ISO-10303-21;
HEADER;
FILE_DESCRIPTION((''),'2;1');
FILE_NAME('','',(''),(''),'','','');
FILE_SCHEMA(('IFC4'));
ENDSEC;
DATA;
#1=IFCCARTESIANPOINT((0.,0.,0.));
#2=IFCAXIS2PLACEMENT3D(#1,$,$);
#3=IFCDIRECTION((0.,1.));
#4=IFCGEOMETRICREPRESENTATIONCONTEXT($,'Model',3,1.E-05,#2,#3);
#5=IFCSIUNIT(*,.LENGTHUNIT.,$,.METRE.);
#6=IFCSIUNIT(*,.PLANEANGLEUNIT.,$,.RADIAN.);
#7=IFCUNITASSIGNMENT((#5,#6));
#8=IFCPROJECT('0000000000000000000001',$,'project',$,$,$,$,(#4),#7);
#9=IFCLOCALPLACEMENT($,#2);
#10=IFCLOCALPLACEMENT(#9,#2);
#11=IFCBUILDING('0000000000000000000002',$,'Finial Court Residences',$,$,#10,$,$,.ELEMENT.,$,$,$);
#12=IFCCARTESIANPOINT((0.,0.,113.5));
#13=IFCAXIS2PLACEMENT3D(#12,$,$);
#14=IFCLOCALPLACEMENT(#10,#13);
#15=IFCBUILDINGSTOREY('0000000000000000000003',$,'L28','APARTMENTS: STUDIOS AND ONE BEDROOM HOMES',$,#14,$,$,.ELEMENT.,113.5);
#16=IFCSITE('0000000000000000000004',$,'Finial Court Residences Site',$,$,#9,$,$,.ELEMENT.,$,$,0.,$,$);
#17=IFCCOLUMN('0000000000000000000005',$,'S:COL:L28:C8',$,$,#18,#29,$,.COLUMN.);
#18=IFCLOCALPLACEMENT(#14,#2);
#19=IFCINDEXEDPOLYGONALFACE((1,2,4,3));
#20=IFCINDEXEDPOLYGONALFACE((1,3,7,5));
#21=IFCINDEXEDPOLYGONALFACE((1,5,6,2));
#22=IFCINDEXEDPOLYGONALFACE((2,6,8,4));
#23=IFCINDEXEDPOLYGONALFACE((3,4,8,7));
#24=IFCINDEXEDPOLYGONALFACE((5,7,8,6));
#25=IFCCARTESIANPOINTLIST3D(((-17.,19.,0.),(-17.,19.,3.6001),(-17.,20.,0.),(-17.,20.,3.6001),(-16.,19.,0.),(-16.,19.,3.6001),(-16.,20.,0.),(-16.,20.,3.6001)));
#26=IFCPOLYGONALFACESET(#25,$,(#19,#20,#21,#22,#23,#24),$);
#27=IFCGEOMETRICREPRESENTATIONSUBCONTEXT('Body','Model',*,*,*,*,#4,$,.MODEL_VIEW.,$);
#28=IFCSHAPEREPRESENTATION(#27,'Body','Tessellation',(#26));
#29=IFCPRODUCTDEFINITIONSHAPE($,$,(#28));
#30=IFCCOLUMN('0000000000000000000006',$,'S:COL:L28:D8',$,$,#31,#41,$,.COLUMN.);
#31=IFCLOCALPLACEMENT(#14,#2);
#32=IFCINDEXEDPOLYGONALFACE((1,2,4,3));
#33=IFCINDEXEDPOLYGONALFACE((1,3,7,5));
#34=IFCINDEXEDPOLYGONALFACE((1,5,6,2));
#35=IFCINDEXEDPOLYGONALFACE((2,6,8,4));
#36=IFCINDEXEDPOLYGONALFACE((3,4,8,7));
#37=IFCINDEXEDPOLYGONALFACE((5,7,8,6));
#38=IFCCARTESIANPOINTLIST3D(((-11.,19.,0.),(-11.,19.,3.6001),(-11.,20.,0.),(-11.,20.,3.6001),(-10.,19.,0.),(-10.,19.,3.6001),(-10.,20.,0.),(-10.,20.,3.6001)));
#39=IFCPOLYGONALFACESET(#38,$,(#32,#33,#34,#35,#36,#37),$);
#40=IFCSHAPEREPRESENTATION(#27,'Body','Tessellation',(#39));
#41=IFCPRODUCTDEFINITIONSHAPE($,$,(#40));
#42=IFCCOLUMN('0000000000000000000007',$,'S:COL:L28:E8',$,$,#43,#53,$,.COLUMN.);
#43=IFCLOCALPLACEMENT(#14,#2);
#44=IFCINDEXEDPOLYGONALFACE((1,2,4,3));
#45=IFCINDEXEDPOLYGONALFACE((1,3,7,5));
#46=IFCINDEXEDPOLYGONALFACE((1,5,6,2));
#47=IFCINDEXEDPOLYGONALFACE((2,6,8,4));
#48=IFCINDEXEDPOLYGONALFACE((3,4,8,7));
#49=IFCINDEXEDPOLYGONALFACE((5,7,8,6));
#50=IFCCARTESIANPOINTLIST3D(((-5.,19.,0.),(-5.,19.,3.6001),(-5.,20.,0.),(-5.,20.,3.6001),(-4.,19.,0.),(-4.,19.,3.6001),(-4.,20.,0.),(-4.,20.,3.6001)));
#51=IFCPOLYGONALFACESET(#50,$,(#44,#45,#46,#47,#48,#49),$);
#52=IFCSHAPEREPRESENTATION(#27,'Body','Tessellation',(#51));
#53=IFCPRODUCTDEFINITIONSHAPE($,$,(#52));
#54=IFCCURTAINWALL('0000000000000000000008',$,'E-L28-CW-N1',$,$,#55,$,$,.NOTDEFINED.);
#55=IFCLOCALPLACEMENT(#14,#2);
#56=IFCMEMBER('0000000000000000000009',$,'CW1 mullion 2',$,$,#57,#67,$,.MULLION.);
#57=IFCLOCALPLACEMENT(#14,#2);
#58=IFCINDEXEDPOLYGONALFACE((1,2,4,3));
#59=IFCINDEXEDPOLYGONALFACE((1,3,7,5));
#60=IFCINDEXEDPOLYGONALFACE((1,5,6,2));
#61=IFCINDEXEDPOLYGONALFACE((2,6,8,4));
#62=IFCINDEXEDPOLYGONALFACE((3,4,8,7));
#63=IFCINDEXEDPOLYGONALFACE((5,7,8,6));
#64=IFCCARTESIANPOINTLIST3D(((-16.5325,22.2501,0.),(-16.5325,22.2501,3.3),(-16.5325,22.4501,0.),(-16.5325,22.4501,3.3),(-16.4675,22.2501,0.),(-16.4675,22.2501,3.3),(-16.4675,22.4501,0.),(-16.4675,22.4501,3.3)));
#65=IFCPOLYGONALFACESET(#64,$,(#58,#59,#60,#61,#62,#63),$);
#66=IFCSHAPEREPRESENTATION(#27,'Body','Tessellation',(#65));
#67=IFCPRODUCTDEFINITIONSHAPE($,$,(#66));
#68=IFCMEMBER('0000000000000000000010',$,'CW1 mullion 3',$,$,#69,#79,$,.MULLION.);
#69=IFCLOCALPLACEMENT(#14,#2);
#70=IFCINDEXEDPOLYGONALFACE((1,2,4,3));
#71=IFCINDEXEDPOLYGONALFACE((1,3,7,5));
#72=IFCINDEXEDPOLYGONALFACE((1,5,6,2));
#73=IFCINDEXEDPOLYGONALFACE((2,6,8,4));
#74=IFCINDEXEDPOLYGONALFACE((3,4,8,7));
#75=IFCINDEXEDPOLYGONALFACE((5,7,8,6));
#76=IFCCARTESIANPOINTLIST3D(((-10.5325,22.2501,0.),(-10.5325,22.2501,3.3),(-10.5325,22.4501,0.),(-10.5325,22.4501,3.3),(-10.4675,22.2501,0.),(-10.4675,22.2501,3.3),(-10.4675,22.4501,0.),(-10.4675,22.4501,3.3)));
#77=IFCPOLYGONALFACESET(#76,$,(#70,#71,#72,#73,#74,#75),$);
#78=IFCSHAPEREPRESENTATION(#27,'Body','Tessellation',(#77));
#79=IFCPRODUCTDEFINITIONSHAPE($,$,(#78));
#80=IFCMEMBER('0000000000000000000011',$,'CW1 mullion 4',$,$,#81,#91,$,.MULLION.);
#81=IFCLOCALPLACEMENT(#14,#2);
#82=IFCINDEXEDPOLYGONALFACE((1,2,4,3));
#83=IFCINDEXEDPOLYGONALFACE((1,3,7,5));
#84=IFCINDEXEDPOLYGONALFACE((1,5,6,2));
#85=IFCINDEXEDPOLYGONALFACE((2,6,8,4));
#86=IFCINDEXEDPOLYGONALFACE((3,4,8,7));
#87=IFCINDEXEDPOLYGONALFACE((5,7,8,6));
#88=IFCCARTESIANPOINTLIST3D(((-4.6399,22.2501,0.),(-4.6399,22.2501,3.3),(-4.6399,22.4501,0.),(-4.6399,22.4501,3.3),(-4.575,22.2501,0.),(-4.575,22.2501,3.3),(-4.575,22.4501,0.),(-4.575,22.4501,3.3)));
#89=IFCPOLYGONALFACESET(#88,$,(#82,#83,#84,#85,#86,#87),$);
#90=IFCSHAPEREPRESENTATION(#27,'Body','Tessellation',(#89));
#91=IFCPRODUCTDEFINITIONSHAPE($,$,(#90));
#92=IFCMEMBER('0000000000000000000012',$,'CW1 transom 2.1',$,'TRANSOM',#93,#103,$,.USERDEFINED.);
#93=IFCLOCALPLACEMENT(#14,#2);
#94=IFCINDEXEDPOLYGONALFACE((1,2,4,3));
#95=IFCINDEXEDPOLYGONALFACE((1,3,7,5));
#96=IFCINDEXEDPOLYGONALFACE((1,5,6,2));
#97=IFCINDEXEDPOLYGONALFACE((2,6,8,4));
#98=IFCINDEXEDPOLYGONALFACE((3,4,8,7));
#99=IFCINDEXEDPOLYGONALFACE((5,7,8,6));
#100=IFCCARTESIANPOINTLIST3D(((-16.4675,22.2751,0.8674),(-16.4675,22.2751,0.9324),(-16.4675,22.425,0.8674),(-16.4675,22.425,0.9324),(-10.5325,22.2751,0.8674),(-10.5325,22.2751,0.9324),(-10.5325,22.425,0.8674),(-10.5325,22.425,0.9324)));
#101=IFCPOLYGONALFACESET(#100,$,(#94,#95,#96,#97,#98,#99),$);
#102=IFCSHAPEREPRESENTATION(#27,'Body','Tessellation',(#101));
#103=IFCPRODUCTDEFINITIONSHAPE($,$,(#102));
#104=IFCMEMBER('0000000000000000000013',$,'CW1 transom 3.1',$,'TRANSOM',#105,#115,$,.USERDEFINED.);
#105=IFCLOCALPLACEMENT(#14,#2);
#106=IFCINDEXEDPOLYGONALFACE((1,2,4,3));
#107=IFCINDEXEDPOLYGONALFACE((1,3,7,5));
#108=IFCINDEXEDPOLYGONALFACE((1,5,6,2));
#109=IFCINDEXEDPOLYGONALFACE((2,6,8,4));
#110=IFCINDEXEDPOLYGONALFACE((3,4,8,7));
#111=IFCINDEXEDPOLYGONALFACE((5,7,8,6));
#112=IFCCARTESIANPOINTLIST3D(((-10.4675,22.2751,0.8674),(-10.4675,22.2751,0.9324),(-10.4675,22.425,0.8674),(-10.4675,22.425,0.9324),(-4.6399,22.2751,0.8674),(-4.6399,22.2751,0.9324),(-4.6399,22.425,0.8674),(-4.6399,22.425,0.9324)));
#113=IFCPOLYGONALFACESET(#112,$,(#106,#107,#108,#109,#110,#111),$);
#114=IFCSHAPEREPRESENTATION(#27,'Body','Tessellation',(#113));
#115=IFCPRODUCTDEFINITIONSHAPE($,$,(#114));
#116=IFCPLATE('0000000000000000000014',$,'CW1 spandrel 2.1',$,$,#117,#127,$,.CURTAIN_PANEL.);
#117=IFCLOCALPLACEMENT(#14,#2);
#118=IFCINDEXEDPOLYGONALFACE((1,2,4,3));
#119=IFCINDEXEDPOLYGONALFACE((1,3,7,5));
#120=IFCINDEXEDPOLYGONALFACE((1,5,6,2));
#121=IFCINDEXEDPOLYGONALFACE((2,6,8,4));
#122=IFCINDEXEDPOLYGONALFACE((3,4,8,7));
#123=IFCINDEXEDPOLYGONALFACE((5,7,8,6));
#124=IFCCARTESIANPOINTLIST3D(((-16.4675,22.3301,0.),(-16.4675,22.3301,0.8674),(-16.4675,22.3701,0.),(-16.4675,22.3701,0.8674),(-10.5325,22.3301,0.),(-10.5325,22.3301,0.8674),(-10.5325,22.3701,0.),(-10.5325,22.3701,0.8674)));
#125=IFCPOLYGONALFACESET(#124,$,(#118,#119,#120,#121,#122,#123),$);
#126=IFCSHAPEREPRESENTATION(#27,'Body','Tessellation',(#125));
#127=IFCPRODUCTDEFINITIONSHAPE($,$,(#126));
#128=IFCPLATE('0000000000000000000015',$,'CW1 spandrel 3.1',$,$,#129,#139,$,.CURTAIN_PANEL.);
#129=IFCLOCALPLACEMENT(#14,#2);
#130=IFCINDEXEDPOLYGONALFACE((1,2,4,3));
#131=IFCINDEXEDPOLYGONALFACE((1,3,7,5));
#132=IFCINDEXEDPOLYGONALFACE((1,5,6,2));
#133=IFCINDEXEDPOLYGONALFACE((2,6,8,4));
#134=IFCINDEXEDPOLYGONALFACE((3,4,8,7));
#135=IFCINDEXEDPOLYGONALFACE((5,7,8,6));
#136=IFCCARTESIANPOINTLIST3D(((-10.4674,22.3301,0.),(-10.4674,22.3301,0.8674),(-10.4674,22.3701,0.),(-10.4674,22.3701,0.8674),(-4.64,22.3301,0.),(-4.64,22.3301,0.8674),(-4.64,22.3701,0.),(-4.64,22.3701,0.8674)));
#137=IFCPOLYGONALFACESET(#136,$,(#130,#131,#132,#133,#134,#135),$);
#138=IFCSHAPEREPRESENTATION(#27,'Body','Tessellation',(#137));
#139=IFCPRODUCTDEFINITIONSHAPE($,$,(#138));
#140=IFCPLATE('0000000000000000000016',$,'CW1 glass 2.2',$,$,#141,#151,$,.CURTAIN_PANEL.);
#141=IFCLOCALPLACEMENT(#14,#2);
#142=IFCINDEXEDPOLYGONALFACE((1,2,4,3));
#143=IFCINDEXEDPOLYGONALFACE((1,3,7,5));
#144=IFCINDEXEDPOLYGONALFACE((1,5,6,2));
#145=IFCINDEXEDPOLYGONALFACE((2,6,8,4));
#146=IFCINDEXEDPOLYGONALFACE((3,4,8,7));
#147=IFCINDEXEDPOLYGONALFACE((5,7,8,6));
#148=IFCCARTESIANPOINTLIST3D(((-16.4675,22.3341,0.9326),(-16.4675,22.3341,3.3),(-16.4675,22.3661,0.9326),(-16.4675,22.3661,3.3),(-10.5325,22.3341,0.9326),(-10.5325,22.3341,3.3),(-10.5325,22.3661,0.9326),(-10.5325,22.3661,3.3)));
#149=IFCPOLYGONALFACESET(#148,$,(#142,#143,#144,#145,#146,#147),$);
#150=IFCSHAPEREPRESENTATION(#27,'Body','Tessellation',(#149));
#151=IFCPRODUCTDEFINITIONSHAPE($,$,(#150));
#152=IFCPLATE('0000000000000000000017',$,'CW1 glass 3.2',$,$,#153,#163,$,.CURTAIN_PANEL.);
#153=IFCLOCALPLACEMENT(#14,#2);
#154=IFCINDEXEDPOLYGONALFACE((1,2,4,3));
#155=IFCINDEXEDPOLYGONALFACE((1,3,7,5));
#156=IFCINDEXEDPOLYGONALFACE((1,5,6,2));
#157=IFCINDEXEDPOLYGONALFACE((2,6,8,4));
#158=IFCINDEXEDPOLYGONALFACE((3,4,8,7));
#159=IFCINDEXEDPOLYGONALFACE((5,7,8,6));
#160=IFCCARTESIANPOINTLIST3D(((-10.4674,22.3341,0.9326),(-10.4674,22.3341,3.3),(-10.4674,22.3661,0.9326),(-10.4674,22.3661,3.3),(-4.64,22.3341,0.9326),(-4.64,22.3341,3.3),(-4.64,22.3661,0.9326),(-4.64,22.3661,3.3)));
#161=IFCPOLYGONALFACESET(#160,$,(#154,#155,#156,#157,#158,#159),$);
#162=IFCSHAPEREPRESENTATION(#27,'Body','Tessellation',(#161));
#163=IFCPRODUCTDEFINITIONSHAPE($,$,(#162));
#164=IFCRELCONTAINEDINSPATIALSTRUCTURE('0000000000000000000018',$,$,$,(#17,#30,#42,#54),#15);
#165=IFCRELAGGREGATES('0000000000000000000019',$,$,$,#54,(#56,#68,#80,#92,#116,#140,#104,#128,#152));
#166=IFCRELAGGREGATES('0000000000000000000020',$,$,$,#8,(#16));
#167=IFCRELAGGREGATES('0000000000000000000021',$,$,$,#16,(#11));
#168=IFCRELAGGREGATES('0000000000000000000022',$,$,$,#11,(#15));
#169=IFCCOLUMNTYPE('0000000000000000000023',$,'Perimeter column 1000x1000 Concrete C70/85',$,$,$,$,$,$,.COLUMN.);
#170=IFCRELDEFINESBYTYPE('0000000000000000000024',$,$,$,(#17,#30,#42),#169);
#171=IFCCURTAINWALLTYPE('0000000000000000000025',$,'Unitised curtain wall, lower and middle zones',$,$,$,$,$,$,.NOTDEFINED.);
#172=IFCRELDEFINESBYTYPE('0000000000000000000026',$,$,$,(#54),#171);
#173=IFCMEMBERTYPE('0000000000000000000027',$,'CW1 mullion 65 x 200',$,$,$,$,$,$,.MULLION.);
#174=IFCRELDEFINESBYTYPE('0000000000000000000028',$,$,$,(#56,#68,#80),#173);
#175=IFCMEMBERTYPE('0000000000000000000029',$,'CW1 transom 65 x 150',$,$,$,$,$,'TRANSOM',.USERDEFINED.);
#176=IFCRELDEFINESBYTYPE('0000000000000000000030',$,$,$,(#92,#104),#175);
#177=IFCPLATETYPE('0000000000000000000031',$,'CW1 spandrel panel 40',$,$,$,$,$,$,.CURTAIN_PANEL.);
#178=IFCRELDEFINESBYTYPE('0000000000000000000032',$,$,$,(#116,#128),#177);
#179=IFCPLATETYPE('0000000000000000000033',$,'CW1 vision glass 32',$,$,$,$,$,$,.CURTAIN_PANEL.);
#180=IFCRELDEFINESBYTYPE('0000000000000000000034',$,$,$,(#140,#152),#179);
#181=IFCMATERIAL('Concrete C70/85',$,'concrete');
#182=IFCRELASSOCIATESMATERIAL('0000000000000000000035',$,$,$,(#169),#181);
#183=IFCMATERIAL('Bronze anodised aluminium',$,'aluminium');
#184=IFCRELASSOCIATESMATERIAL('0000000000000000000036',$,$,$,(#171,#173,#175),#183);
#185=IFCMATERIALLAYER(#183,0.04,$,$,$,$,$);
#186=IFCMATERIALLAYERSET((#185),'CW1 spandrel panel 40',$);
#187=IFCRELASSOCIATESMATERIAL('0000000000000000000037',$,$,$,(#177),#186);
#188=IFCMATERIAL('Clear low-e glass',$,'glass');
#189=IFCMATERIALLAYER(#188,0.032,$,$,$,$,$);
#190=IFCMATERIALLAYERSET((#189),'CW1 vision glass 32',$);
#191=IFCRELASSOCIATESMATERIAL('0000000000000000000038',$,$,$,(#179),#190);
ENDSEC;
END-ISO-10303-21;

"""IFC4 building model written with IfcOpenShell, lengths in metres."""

from ifc_helpers import new_model, si_unit, direction, frame, origin, origin_2d, place, context, subcontext, project, spatial, rectangle, extrude, material, layer, layer_set, material_profile, profile_set, type_object, element, aggregate, save


model = new_model("IFC4")

# Units and contexts
model_context = context("Model", 3, precision=1e-05, world=origin(), true_north=direction((0.0, 1.0)))
body_context = subcontext(model_context, "Body", "Model", "MODEL_VIEW")
ifc_project = project(units=[si_unit("LENGTHUNIT", "METRE"), si_unit("PLANEANGLEUNIT", "RADIAN")], contexts=[model_context])

# Site, building, storey
site_placement = place(None, origin())
site = spatial("IfcSite", under=ifc_project, at=site_placement, Name="Finial Court Residences Site", CompositionType="ELEMENT", RefElevation=0.0)
building_placement = place(site_placement, origin())
building = spatial("IfcBuilding", under=site, at=building_placement, Name="Finial Court Residences", CompositionType="ELEMENT")
storey_placement = place(building_placement, frame((0.0, 0.0, 113.5)))
storey = spatial("IfcBuildingStorey", under=building, at=storey_placement, Name="L28", Description="APARTMENTS: STUDIOS AND ONE BEDROOM HOMES", CompositionType="ELEMENT", Elevation=113.5)

# Columns
ifc_material_1 = material(Name="Concrete C70/85", Category="concrete")
ifc_material_profile_1 = material_profile(ifc_material_1, rectangle(XDim=1.0, YDim=1.0, at=origin_2d()), Name="1000x1000")
ifc_profile_set_1 = profile_set([ifc_material_profile_1], Name="Concrete C70/85")
column_type = type_object("IfcColumnType", Name="Perimeter column 1000x1000 Concrete C70/85", PredefinedType="COLUMN", material=ifc_profile_set_1)
for number, where, z_axis, x_axis, name in (
    (1, (-16.5, 19.5, 0.0), (0.0, 0.0, 1.0), (1.0, 0.0, 0.0), "S:COL:L28:C8"),
    (2, (-10.5, 19.5, 0.0), (0.0, 0.0, 1.0), (1.0, 0.0, 0.0), "S:COL:L28:D8"),
    (3, (-4.5, 19.5, 0.0), (0.0, 0.0, 1.0), (1.0, 0.0, 0.0), "S:COL:L28:E8"),
):
    element("IfcColumn", number, at=place(storey_placement, frame(where, z_axis=z_axis, x_axis=x_axis)), inside=storey, type_object=column_type, Name=name, PredefinedType="COLUMN", context=body_context, shape_type="SweptSolid", body=[
        extrude(rectangle(XDim=1.0, YDim=1.0, at=origin_2d()), origin(), (0.0, 0.0, 1.0), 3.6001),
    ])

# Curtain wall, members, plates
ifc_material_2 = material(Name="Bronze anodised aluminium", Category="aluminium")
curtain_wall_type = type_object("IfcCurtainWallType", Name="Unitised curtain wall, lower and middle zones", PredefinedType="NOTDEFINED", material=ifc_material_2)
curtain_wall_placement = place(storey_placement, origin())
curtain_wall = element("IfcCurtainWall", 4, at=curtain_wall_placement, inside=storey, type_object=curtain_wall_type, Name="E-L28-CW-N1", PredefinedType="NOTDEFINED")
ifc_material_profile_2 = material_profile(ifc_material_2, rectangle(XDim=0.2, YDim=0.0649, at=origin_2d()), Name="CW1 mullion 65 x 200")
ifc_profile_set_2 = profile_set([ifc_material_profile_2], Name="Bronze anodised aluminium")
member_type_1 = type_object("IfcMemberType", Name="CW1 mullion 65 x 200", PredefinedType="MULLION", material=ifc_profile_set_2)
member_1_placement = place(storey_placement, frame((-16.5, 22.3501, 0.0), z_axis=(0.0, 0.0, 1.0), x_axis=(0.0, 1.0, 0.0)))
member_1 = element("IfcMember", 5, at=member_1_placement, type_object=member_type_1, Name="CW1 mullion 2", PredefinedType="MULLION", context=body_context, shape_type="SweptSolid", body=[
    extrude(rectangle(XDim=0.2, YDim=0.0649, at=origin_2d()), origin(), (0.0, 0.0, 1.0), 3.3),
])
member_2_placement = place(storey_placement, frame((-10.5, 22.3501, 0.0), z_axis=(0.0, 0.0, 1.0), x_axis=(0.0, 1.0, 0.0)))
member_2 = element("IfcMember", 6, at=member_2_placement, type_object=member_type_1, Name="CW1 mullion 3", PredefinedType="MULLION", context=body_context, shape_type="SweptSolid", body=[
    extrude(rectangle(XDim=0.2, YDim=0.0649, at=origin_2d()), origin(), (0.0, 0.0, 1.0), 3.3),
])
member_3_placement = place(storey_placement, frame((-4.6074, 22.3501, 0.0), z_axis=(0.0, 0.0, 1.0), x_axis=(0.0, 1.0, 0.0)))
member_3 = element("IfcMember", 7, at=member_3_placement, type_object=member_type_1, Name="CW1 mullion 4", PredefinedType="MULLION", context=body_context, shape_type="SweptSolid", body=[
    extrude(rectangle(XDim=0.2, YDim=0.0649, at=origin_2d()), origin(), (0.0, 0.0, 1.0), 3.3),
])
ifc_material_profile_3 = material_profile(ifc_material_2, rectangle(XDim=0.1499, YDim=0.0649, at=origin_2d()), Name="CW1 transom 65 x 150")
ifc_profile_set_3 = profile_set([ifc_material_profile_3], Name="Bronze anodised aluminium")
member_type_2 = type_object("IfcMemberType", Name="CW1 transom 65 x 150", ElementType="TRANSOM", PredefinedType="USERDEFINED", material=ifc_profile_set_3)
member_4_placement = place(storey_placement, frame((-16.4675, 22.3501, 0.8999), z_axis=(1.0, 0.0, 0.0), x_axis=(0.0, 1.0, 0.0)))
member_4 = element("IfcMember", 8, at=member_4_placement, type_object=member_type_2, Name="CW1 transom 2.1", ObjectType="TRANSOM", PredefinedType="USERDEFINED", context=body_context, shape_type="SweptSolid", body=[
    extrude(rectangle(XDim=0.1499, YDim=0.0649, at=origin_2d()), origin(), (0.0, 0.0, 1.0), 5.9351),
])
member_5_placement = place(storey_placement, frame((-10.4675, 22.3501, 0.8999), z_axis=(1.0, 0.0, 0.0), x_axis=(0.0, 1.0, 0.0)))
member_5 = element("IfcMember", 9, at=member_5_placement, type_object=member_type_2, Name="CW1 transom 3.1", ObjectType="TRANSOM", PredefinedType="USERDEFINED", context=body_context, shape_type="SweptSolid", body=[
    extrude(rectangle(XDim=0.1499, YDim=0.0649, at=origin_2d()), origin(), (0.0, 0.0, 1.0), 5.8276),
])
ifc_layer_1 = layer(ifc_material_2, 0.04)
ifc_layer_set_1 = layer_set([ifc_layer_1], Name="CW1 spandrel panel 40")
plate_type_1 = type_object("IfcPlateType", Name="CW1 spandrel panel 40", PredefinedType="CURTAIN_PANEL", material=ifc_layer_set_1)
plate_1_placement = place(storey_placement, frame((-13.5, 22.3501, 0.0), z_axis=(0.0, 0.0, 1.0), x_axis=(1.0, 0.0, 0.0)))
plate_1 = element("IfcPlate", 10, at=plate_1_placement, type_object=plate_type_1, Name="CW1 spandrel 2.1", PredefinedType="CURTAIN_PANEL", context=body_context, shape_type="SweptSolid", body=[
    extrude(rectangle(XDim=5.9351, YDim=0.04, at=origin_2d()), origin(), (0.0, 0.0, 1.0), 0.8674),
])
plate_2_placement = place(storey_placement, frame((-7.5537, 22.3501, 0.0), z_axis=(0.0, 0.0, 1.0), x_axis=(1.0, 0.0, 0.0)))
plate_2 = element("IfcPlate", 11, at=plate_2_placement, type_object=plate_type_1, Name="CW1 spandrel 3.1", PredefinedType="CURTAIN_PANEL", context=body_context, shape_type="SweptSolid", body=[
    extrude(rectangle(XDim=5.8274, YDim=0.04, at=origin_2d()), origin(), (0.0, 0.0, 1.0), 0.8674),
])
ifc_material_3 = material(Name="Clear low-e glass", Category="glass")
ifc_layer_2 = layer(ifc_material_3, 0.032)
ifc_layer_set_2 = layer_set([ifc_layer_2], Name="CW1 vision glass 32")
plate_type_2 = type_object("IfcPlateType", Name="CW1 vision glass 32", PredefinedType="CURTAIN_PANEL", material=ifc_layer_set_2)
plate_3_placement = place(storey_placement, frame((-13.5, 22.3501, 0.9326), z_axis=(0.0, 0.0, 1.0), x_axis=(1.0, 0.0, 0.0)))
plate_3 = element("IfcPlate", 12, at=plate_3_placement, type_object=plate_type_2, Name="CW1 glass 2.2", PredefinedType="CURTAIN_PANEL", context=body_context, shape_type="SweptSolid", body=[
    extrude(rectangle(XDim=5.9351, YDim=0.032, at=origin_2d()), origin(), (0.0, 0.0, 1.0), 2.3674),
])
plate_4_placement = place(storey_placement, frame((-7.5537, 22.3501, 0.9326), z_axis=(0.0, 0.0, 1.0), x_axis=(1.0, 0.0, 0.0)))
plate_4 = element("IfcPlate", 13, at=plate_4_placement, type_object=plate_type_2, Name="CW1 glass 3.2", PredefinedType="CURTAIN_PANEL", context=body_context, shape_type="SweptSolid", body=[
    extrude(rectangle(XDim=5.8274, YDim=0.032, at=origin_2d()), origin(), (0.0, 0.0, 1.0), 2.3674),
])
aggregate(curtain_wall, [member_1, member_2, member_3, member_4, plate_1, plate_3, member_5, plate_2, plate_4])

save(model, "model.ifc")
